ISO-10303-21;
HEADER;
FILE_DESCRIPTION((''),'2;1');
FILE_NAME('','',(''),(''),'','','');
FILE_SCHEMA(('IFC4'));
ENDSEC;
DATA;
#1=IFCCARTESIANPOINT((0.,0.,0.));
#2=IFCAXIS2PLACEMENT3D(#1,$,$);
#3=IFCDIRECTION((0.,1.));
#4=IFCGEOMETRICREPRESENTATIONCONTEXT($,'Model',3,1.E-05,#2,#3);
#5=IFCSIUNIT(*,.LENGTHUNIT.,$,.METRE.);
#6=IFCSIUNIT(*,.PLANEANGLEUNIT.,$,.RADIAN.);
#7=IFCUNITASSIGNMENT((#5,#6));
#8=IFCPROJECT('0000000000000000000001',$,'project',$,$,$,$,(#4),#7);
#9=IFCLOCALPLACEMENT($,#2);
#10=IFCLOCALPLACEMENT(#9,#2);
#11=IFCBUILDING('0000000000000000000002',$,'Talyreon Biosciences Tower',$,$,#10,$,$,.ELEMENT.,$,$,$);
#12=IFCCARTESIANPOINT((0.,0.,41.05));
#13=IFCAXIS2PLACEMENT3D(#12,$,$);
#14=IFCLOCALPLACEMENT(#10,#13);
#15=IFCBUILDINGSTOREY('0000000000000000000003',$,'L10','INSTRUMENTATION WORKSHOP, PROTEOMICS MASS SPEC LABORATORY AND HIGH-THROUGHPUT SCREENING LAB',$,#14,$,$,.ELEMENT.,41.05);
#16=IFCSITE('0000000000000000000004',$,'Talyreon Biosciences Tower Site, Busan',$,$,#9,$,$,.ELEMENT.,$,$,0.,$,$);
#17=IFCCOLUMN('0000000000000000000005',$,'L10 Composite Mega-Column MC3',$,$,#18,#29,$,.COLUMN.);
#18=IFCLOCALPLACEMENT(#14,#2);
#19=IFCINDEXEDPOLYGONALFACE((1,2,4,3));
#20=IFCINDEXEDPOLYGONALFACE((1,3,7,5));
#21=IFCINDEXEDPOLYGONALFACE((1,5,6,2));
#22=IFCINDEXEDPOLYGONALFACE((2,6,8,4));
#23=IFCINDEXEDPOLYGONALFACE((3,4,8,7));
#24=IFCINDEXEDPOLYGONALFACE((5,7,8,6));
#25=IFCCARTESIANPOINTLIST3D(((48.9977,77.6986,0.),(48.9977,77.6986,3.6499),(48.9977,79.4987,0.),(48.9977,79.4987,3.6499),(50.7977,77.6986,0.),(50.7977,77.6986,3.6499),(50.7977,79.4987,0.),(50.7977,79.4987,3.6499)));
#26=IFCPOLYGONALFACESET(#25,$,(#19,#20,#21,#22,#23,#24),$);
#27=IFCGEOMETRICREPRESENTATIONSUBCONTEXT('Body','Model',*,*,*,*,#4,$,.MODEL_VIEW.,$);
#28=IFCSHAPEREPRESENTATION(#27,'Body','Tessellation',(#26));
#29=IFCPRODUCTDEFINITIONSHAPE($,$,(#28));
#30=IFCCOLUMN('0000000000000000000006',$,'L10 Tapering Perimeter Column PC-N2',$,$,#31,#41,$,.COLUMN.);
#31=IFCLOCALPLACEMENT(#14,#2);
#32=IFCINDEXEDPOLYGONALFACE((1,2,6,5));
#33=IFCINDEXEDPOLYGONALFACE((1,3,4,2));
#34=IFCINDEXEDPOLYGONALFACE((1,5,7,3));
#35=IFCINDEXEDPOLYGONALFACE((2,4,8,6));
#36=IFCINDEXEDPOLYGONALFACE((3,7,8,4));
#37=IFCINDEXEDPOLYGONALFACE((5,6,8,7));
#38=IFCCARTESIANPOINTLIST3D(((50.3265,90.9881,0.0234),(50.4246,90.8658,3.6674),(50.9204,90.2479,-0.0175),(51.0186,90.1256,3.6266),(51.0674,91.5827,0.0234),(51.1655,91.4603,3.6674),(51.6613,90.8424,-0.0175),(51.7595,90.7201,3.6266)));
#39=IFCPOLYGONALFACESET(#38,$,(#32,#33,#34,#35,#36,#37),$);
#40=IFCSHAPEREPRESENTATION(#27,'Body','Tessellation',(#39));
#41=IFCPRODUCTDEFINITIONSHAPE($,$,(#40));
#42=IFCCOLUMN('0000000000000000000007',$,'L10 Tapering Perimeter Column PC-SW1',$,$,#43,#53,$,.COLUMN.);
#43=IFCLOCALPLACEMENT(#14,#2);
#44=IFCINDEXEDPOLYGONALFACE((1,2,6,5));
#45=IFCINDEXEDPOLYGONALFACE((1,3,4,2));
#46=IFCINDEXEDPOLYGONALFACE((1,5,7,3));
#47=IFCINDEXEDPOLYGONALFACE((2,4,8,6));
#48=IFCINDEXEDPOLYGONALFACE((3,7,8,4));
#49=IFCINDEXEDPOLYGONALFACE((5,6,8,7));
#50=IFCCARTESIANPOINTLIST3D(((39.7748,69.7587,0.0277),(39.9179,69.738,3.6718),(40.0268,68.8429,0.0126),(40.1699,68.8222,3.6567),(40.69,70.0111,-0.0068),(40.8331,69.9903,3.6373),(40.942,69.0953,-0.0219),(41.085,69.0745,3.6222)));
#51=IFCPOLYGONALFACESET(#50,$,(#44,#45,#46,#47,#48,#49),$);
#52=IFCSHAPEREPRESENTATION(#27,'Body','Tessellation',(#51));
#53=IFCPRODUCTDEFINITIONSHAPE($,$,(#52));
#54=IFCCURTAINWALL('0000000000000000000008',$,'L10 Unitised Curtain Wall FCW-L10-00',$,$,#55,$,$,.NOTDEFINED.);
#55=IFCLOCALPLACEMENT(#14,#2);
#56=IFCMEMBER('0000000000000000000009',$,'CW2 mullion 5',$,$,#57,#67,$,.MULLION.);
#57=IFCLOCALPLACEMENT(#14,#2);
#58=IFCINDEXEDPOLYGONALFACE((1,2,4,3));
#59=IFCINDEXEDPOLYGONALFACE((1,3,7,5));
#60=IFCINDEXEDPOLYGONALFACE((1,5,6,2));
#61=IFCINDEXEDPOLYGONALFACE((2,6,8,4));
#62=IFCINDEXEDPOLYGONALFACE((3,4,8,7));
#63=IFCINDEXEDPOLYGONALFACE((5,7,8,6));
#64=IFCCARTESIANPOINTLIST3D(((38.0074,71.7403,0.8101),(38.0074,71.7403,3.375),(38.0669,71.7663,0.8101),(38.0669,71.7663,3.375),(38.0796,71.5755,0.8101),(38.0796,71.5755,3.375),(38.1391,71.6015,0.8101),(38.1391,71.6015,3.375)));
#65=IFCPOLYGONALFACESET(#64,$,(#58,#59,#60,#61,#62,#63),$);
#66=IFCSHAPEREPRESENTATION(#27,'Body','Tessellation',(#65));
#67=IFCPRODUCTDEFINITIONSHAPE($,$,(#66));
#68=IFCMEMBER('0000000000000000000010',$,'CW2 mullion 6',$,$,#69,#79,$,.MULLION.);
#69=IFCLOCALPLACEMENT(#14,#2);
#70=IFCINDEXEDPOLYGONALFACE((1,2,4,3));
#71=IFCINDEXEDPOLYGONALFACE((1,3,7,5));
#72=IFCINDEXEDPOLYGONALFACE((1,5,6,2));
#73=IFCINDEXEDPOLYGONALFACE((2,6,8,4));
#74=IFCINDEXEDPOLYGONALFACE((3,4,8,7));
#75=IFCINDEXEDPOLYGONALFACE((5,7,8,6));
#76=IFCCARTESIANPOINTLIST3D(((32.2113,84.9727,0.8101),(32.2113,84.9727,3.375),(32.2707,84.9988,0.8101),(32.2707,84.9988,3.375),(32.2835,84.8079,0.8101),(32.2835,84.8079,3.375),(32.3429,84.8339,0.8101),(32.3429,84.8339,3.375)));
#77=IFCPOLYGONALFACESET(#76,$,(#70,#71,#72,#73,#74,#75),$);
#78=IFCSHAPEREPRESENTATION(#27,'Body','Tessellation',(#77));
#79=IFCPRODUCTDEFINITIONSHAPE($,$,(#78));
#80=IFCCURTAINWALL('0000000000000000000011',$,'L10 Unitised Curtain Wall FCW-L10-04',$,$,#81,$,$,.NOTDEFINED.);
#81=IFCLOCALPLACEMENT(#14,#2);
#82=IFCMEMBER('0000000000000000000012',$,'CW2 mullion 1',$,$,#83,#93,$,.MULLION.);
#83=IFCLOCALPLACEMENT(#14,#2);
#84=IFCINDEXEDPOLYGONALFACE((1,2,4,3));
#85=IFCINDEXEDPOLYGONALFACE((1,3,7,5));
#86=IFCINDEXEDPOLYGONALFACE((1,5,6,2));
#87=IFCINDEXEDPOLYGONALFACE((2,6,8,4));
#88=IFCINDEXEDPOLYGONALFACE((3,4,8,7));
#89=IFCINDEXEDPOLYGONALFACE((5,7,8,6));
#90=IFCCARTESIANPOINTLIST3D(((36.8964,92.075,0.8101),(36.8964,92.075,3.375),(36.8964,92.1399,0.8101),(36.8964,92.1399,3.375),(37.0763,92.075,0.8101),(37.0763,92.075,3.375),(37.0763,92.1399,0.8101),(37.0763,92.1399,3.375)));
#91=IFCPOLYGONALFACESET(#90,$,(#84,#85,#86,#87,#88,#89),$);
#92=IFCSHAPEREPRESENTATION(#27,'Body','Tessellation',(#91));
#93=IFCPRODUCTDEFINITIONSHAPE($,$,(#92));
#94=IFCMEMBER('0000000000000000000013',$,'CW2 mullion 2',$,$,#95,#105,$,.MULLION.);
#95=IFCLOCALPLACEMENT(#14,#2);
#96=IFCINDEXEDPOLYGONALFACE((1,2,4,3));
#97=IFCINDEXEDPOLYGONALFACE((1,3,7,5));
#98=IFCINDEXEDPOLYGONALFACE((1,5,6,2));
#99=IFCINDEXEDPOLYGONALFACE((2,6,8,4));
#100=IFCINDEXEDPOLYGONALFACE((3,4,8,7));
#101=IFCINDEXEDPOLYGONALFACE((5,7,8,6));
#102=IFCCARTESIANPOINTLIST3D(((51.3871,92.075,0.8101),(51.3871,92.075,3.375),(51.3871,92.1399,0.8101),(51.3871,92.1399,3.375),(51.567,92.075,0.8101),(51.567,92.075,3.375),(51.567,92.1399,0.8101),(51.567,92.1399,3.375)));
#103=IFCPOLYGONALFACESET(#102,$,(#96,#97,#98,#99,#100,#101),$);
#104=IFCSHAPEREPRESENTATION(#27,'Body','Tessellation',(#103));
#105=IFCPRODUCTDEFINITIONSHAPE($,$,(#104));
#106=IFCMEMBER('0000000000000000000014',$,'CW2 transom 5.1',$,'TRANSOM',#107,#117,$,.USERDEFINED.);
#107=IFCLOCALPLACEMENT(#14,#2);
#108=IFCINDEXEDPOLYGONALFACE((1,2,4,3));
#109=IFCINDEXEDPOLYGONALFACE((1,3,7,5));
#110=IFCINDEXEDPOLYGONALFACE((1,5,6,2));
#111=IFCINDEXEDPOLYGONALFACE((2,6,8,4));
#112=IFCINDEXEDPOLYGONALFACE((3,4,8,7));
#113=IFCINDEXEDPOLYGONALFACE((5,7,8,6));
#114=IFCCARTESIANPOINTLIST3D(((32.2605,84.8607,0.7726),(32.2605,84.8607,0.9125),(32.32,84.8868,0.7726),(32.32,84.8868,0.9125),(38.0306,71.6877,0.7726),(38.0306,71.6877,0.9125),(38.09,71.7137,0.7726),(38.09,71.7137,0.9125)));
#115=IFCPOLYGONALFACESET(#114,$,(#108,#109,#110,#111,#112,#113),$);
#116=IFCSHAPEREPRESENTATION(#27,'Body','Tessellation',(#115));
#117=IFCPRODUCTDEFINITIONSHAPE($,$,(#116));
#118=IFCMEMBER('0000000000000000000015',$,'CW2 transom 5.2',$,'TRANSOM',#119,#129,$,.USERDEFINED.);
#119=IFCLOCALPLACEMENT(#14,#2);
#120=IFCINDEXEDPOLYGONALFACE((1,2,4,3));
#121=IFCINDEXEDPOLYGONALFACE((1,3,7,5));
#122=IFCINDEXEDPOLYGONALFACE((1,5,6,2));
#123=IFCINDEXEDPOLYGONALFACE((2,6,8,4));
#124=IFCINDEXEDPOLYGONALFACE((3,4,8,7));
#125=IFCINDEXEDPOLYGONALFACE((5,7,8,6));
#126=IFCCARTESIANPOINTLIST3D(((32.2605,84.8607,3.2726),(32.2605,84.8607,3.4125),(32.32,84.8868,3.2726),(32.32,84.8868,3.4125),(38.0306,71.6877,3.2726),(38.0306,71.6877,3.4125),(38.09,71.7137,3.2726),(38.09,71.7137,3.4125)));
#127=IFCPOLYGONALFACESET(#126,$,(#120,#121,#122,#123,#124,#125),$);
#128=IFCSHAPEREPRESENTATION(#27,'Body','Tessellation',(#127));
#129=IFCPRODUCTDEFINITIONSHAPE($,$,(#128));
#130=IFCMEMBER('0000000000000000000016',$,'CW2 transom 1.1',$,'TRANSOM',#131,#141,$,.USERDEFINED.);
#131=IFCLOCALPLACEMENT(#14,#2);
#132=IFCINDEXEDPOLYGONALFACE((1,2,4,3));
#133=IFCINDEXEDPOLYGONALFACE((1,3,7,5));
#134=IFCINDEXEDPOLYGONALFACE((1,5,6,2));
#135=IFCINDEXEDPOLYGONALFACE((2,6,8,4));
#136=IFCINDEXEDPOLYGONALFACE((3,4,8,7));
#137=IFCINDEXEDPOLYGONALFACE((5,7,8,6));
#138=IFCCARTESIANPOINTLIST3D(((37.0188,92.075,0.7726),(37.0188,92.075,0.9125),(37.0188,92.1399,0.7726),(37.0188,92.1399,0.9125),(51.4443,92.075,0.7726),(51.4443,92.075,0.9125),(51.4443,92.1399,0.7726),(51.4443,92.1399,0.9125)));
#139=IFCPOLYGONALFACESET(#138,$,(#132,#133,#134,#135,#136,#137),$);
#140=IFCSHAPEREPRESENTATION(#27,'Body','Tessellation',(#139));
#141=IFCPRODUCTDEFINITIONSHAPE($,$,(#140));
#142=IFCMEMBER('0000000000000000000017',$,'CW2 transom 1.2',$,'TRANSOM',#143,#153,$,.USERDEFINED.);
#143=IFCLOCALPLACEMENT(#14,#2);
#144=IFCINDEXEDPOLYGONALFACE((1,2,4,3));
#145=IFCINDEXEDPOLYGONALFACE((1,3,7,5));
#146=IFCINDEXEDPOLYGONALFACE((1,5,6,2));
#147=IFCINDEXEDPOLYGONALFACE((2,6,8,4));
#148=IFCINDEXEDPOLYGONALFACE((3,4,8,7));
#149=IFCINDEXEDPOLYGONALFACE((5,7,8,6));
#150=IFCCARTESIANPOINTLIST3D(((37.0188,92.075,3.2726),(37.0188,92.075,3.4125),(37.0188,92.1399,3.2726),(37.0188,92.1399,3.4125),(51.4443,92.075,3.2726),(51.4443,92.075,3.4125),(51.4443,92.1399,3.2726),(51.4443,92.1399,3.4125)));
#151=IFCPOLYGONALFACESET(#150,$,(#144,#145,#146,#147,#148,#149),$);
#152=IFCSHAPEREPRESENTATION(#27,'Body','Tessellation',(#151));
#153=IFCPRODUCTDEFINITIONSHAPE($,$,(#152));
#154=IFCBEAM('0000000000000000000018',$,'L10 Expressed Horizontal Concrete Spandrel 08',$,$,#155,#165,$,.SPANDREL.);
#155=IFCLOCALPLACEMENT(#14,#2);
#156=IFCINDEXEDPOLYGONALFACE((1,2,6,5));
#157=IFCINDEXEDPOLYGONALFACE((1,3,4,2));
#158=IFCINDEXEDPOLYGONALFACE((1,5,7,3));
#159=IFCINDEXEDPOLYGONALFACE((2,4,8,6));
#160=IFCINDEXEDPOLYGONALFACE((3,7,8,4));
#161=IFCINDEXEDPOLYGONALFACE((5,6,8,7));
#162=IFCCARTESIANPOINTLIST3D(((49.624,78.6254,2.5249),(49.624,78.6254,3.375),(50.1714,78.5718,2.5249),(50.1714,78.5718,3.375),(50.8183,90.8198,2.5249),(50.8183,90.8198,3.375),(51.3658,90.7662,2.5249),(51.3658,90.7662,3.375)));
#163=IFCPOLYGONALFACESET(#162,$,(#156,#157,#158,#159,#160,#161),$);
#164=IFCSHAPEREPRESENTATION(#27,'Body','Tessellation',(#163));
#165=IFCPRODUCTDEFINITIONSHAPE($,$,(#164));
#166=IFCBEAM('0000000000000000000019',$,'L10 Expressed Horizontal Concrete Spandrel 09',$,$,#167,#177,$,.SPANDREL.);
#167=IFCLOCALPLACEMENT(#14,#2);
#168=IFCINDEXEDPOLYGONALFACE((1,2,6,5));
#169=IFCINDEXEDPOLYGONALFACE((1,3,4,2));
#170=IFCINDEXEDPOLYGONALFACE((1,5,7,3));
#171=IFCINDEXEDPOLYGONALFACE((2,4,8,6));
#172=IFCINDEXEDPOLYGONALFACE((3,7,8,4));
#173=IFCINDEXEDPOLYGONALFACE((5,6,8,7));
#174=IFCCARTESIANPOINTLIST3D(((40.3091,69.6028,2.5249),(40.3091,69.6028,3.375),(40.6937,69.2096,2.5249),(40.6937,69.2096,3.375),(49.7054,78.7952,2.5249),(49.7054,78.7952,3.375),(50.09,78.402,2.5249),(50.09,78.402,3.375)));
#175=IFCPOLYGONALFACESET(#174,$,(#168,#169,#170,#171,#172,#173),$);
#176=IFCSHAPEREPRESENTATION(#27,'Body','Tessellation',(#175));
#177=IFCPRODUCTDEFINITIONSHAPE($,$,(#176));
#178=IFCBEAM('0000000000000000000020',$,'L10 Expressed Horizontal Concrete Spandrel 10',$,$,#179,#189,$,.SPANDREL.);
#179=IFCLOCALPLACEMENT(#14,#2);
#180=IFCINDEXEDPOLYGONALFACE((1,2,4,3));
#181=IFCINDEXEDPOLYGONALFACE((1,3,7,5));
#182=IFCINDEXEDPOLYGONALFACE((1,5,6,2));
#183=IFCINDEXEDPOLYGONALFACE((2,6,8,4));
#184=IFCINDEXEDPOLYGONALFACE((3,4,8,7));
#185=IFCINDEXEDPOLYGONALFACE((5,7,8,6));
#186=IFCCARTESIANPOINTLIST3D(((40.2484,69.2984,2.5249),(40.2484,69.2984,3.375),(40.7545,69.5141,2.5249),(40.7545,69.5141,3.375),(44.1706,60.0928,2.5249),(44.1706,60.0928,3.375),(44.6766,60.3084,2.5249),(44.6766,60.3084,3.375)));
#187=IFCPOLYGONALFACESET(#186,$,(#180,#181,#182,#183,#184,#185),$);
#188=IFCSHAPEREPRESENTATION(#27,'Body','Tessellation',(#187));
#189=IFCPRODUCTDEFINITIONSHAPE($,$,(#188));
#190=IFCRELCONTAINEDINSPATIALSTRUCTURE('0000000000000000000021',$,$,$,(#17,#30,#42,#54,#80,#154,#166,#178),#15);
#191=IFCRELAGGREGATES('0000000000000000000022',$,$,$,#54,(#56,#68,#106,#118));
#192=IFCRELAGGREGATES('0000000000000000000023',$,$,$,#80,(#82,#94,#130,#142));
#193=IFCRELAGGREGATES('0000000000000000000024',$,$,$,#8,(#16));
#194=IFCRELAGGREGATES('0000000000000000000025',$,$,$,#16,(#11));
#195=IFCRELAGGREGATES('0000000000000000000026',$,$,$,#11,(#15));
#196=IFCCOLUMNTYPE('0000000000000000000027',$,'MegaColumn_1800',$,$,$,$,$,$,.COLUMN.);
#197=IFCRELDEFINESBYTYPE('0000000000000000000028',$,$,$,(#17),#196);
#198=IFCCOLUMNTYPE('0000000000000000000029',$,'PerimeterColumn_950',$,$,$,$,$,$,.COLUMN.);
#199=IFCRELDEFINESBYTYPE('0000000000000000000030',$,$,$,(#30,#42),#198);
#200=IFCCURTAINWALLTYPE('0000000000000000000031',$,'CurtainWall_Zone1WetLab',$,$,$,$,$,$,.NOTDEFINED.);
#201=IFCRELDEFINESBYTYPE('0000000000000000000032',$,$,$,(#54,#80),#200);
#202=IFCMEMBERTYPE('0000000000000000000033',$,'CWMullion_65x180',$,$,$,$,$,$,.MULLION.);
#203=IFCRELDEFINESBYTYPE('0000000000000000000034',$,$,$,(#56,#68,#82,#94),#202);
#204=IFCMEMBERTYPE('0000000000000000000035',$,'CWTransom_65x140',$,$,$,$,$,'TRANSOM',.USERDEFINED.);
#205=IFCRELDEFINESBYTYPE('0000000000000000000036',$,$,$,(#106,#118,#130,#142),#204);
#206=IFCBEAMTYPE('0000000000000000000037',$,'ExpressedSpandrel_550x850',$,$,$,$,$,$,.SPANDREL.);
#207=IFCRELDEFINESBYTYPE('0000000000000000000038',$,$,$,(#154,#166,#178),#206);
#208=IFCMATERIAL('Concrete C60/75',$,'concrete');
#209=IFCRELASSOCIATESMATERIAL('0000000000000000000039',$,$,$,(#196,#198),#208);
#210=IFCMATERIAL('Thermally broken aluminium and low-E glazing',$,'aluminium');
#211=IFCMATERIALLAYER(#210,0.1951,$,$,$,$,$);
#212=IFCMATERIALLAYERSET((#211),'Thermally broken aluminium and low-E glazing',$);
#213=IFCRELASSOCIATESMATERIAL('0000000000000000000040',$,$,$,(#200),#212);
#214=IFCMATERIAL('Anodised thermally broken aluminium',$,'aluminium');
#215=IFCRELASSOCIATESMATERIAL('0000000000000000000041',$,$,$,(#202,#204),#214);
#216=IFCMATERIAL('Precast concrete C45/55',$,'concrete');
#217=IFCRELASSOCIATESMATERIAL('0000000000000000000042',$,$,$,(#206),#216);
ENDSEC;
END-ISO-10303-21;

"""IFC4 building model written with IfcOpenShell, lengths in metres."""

from ifc_helpers import new_model, si_unit, direction, frame, origin, origin_2d, place, context, subcontext, project, spatial, rectangle, extrude, material, layer, layer_set, material_profile, profile_set, type_object, element, aggregate, save


model = new_model("IFC4")

# Units and contexts
model_context = context("Model", 3, precision=1e-05, world=origin(), true_north=direction((0.0, 1.0)))
body_context = subcontext(model_context, "Body", "Model", "MODEL_VIEW")
ifc_project = project(units=[si_unit("LENGTHUNIT", "METRE"), si_unit("PLANEANGLEUNIT", "RADIAN")], contexts=[model_context])

# Site, building, storey
site_placement = place(None, origin())
site = spatial("IfcSite", under=ifc_project, at=site_placement, Name="Talyreon Biosciences Tower Site, Busan", CompositionType="ELEMENT", RefElevation=0.0)
building_placement = place(site_placement, origin())
building = spatial("IfcBuilding", under=site, at=building_placement, Name="Talyreon Biosciences Tower", CompositionType="ELEMENT")
storey_placement = place(building_placement, frame((0.0, 0.0, 41.05)))
storey = spatial("IfcBuildingStorey", under=building, at=storey_placement, Name="L10", Description="INSTRUMENTATION WORKSHOP, PROTEOMICS MASS SPEC LABORATORY AND HIGH-THROUGHPUT SCREENING LAB", CompositionType="ELEMENT", Elevation=41.05)

# Columns
ifc_material_1 = material(Name="Concrete C60/75", Category="concrete")
ifc_material_profile_1 = material_profile(ifc_material_1, rectangle(XDim=1.8, YDim=1.8, at=origin_2d()), Name="RC 1800x1800")
ifc_profile_set_1 = profile_set([ifc_material_profile_1], Name="Concrete C60/75")
column_type_1 = type_object("IfcColumnType", Name="MegaColumn_1800", PredefinedType="COLUMN", material=ifc_profile_set_1)
column_1_placement = place(storey_placement, frame((49.8977, 78.5986, 0.0), z_axis=(0.0, 0.0, 1.0), x_axis=(1.0, 0.0, 0.0)))
element("IfcColumn", 1, at=column_1_placement, inside=storey, type_object=column_type_1, Name="L10 Composite Mega-Column MC3", PredefinedType="COLUMN", context=body_context, shape_type="SweptSolid", body=[
    extrude(rectangle(XDim=1.8, YDim=1.8, at=origin_2d()), origin(), (0.0, 0.0, 1.0), 3.6499),
])
ifc_material_profile_2 = material_profile(ifc_material_1, rectangle(XDim=0.95, YDim=0.95, at=origin_2d()), Name="RC 950x950")
ifc_profile_set_2 = profile_set([ifc_material_profile_2], Name="Concrete C60/75")
column_type_2 = type_object("IfcColumnType", Name="PerimeterColumn_950", PredefinedType="COLUMN", material=ifc_profile_set_2)
column_2_placement = place(storey_placement, frame((50.9939, 90.9153, 0.0029), z_axis=(0.026908, -0.033535, 0.999075), x_axis=(-0.779957, -0.625834, 0.0)))
element("IfcColumn", 2, at=column_2_placement, inside=storey, type_object=column_type_2, Name="L10 Tapering Perimeter Column PC-N2", PredefinedType="COLUMN", context=body_context, shape_type="SweptSolid", body=[
    extrude(rectangle(XDim=0.95, YDim=0.95, at=origin_2d()), origin(), (0.0, 0.0, 1.0), 3.6475),
])
column_3_placement = place(storey_placement, frame((40.3584, 69.427, 0.0029), z_axis=(0.039229, -0.00569, 0.999214), x_axis=(0.963389, 0.265638, -0.03631)))
element("IfcColumn", 3, at=column_3_placement, inside=storey, type_object=column_type_2, Name="L10 Tapering Perimeter Column PC-SW1", PredefinedType="COLUMN", context=body_context, shape_type="SweptSolid", body=[
    extrude(rectangle(XDim=0.95, YDim=0.95, at=origin_2d()), origin(), (0.0, 0.0, 1.0), 3.647),
])

# Curtain walls, members
ifc_material_2 = material(Name="Thermally broken aluminium and low-E glazing", Category="aluminium")
ifc_layer_1 = layer(ifc_material_2, 0.1951)
ifc_layer_set_1 = layer_set([ifc_layer_1], Name="Thermally broken aluminium and low-E glazing")
curtain_wall_type = type_object("IfcCurtainWallType", Name="CurtainWall_Zone1WetLab", PredefinedType="NOTDEFINED", material=ifc_layer_set_1)
curtain_wall_1_placement = place(storey_placement, origin())
curtain_wall_1 = element("IfcCurtainWall", 4, at=curtain_wall_1_placement, inside=storey, type_object=curtain_wall_type, Name="L10 Unitised Curtain Wall FCW-L10-00", PredefinedType="NOTDEFINED")
ifc_material_3 = material(Name="Anodised thermally broken aluminium", Category="aluminium")
ifc_material_profile_3 = material_profile(ifc_material_3, rectangle(XDim=0.0649, YDim=0.1799, at=origin_2d()), Name="ALUM MULLION 65x180")
ifc_profile_set_3 = profile_set([ifc_material_profile_3], Name="Anodised thermally broken aluminium")
member_type_1 = type_object("IfcMemberType", Name="CWMullion_65x180", PredefinedType="MULLION", material=ifc_profile_set_3)
member_1_placement = place(storey_placement, frame((38.0732, 71.6709, 0.8101), z_axis=(0.0, 0.0, 1.0), x_axis=(-0.91598, -0.401223, 0.0)))
member_1 = element("IfcMember", 5, at=member_1_placement, type_object=member_type_1, Name="CW2 mullion 5", PredefinedType="MULLION", context=body_context, shape_type="SweptSolid", body=[
    extrude(rectangle(XDim=0.0649, YDim=0.1799, at=origin_2d()), origin(), (0.0, 0.0, 1.0), 2.5649),
])
member_2_placement = place(storey_placement, frame((32.2771, 84.9033, 0.8101), z_axis=(0.0, 0.0, 1.0), x_axis=(-0.91598, -0.401223, 0.0)))
member_2 = element("IfcMember", 6, at=member_2_placement, type_object=member_type_1, Name="CW2 mullion 6", PredefinedType="MULLION", context=body_context, shape_type="SweptSolid", body=[
    extrude(rectangle(XDim=0.0649, YDim=0.1799, at=origin_2d()), origin(), (0.0, 0.0, 1.0), 2.5649),
])
curtain_wall_2_placement = place(storey_placement, origin())
curtain_wall_2 = element("IfcCurtainWall", 7, at=curtain_wall_2_placement, inside=storey, type_object=curtain_wall_type, Name="L10 Unitised Curtain Wall FCW-L10-04", PredefinedType="NOTDEFINED")
member_3_placement = place(storey_placement, frame((36.9863, 92.1074, 0.8101), z_axis=(0.0, 0.0, 1.0), x_axis=(0.0, 1.0, 0.0)))
member_3 = element("IfcMember", 8, at=member_3_placement, type_object=member_type_1, Name="CW2 mullion 1", PredefinedType="MULLION", context=body_context, shape_type="SweptSolid", body=[
    extrude(rectangle(XDim=0.0649, YDim=0.1799, at=origin_2d()), origin(), (0.0, 0.0, 1.0), 2.5649),
])
member_4_placement = place(storey_placement, frame((51.4771, 92.1074, 0.8101), z_axis=(0.0, 0.0, 1.0), x_axis=(0.0, 1.0, 0.0)))
member_4 = element("IfcMember", 9, at=member_4_placement, type_object=member_type_1, Name="CW2 mullion 2", PredefinedType="MULLION", context=body_context, shape_type="SweptSolid", body=[
    extrude(rectangle(XDim=0.0649, YDim=0.1799, at=origin_2d()), origin(), (0.0, 0.0, 1.0), 2.5649),
])

# Members
ifc_material_profile_4 = material_profile(ifc_material_3, rectangle(XDim=0.0649, YDim=0.1399, at=origin_2d()), Name="ALUM TRANSOM 65x140")
ifc_profile_set_4 = profile_set([ifc_material_profile_4], Name="Anodised thermally broken aluminium")
member_type_2 = type_object("IfcMemberType", Name="CWTransom_65x140", ElementType="TRANSOM", PredefinedType="USERDEFINED", material=ifc_profile_set_4)
member_5_placement = place(storey_placement, frame((38.0603, 71.7007, 0.8425), z_axis=(-0.401215, 0.915984, 0.0), x_axis=(-0.915984, -0.401215, 0.0)))
member_5 = element("IfcMember", 10, at=member_5_placement, type_object=member_type_2, Name="CW2 transom 5.1", ObjectType="TRANSOM", PredefinedType="USERDEFINED", context=body_context, shape_type="SweptSolid", body=[
    extrude(rectangle(XDim=0.0649, YDim=0.1399, at=origin_2d()), origin(), (0.0, 0.0, 1.0), 14.3813),
])
member_6_placement = place(storey_placement, frame((38.0603, 71.7007, 3.3425), z_axis=(-0.401215, 0.915984, 0.0), x_axis=(-0.915984, -0.401215, 0.0)))
member_6 = element("IfcMember", 11, at=member_6_placement, type_object=member_type_2, Name="CW2 transom 5.2", ObjectType="TRANSOM", PredefinedType="USERDEFINED", context=body_context, shape_type="SweptSolid", body=[
    extrude(rectangle(XDim=0.0649, YDim=0.1399, at=origin_2d()), origin(), (0.0, 0.0, 1.0), 14.3813),
])
member_7_placement = place(storey_placement, frame((37.0188, 92.1074, 0.8425), z_axis=(1.0, 0.0, 0.0), x_axis=(0.0, 1.0, 0.0)))
member_7 = element("IfcMember", 12, at=member_7_placement, type_object=member_type_2, Name="CW2 transom 1.1", ObjectType="TRANSOM", PredefinedType="USERDEFINED", context=body_context, shape_type="SweptSolid", body=[
    extrude(rectangle(XDim=0.0649, YDim=0.1399, at=origin_2d()), origin(), (0.0, 0.0, 1.0), 14.4255),
])
member_8_placement = place(storey_placement, frame((37.0188, 92.1074, 3.3425), z_axis=(1.0, 0.0, 0.0), x_axis=(0.0, 1.0, 0.0)))
member_8 = element("IfcMember", 13, at=member_8_placement, type_object=member_type_2, Name="CW2 transom 1.2", ObjectType="TRANSOM", PredefinedType="USERDEFINED", context=body_context, shape_type="SweptSolid", body=[
    extrude(rectangle(XDim=0.0649, YDim=0.1399, at=origin_2d()), origin(), (0.0, 0.0, 1.0), 14.4255),
])

# Beams
ifc_material_4 = material(Name="Precast concrete C45/55", Category="concrete")
ifc_material_profile_5 = material_profile(ifc_material_4, rectangle(XDim=0.55, YDim=0.8501, at=origin_2d()), Name="RCB 550x850")
ifc_profile_set_5 = profile_set([ifc_material_profile_5], Name="Precast concrete C45/55")
beam_type_1 = type_object("IfcBeamType", Name="ExpressedSpandrel_550x850", PredefinedType="SPANDREL", material=ifc_profile_set_5)
beam_1_placement = place(storey_placement, frame((51.092, 90.793, 2.95), z_axis=(-0.097475, -0.995238, 0.0), x_axis=(0.995238, -0.097475, 0.0)))
element("IfcBeam", 14, at=beam_1_placement, inside=storey, type_object=beam_type_1, Name="L10 Expressed Horizontal Concrete Spandrel 08", PredefinedType="SPANDREL", context=body_context, shape_type="SweptSolid", body=[
    extrude(rectangle(XDim=0.55, YDim=0.8501, at=origin_2d()), origin(), (0.0, 0.0, 1.0), 12.2527),
])
beam_2_placement = place(storey_placement, frame((49.8977, 78.5986, 2.95), z_axis=(-0.714818, -0.69931, 0.0), x_axis=(0.69931, -0.714818, 0.0)))
element("IfcBeam", 15, at=beam_2_placement, inside=storey, type_object=beam_type_1, Name="L10 Expressed Horizontal Concrete Spandrel 09", PredefinedType="SPANDREL", context=body_context, shape_type="SweptSolid", body=[
    extrude(rectangle(XDim=0.55, YDim=0.8501, at=origin_2d()), origin(), (0.0, 0.0, 1.0), 13.145),
])
beam_3_placement = place(storey_placement, frame((40.5015, 69.4062, 2.95), z_axis=(0.391966, -0.91998, 0.0), x_axis=(0.91998, 0.391966, 0.0)))
element("IfcBeam", 16, at=beam_3_placement, inside=storey, type_object=beam_type_1, Name="L10 Expressed Horizontal Concrete Spandrel 10", PredefinedType="SPANDREL", context=body_context, shape_type="SweptSolid", body=[
    extrude(rectangle(XDim=0.55, YDim=0.8501, at=origin_2d()), origin(), (0.0, 0.0, 1.0), 10.0063),
])

aggregate(curtain_wall_1, [member_1, member_2, member_5, member_6])
aggregate(curtain_wall_2, [member_3, member_4, member_7, member_8])

save(model, "model.ifc")
